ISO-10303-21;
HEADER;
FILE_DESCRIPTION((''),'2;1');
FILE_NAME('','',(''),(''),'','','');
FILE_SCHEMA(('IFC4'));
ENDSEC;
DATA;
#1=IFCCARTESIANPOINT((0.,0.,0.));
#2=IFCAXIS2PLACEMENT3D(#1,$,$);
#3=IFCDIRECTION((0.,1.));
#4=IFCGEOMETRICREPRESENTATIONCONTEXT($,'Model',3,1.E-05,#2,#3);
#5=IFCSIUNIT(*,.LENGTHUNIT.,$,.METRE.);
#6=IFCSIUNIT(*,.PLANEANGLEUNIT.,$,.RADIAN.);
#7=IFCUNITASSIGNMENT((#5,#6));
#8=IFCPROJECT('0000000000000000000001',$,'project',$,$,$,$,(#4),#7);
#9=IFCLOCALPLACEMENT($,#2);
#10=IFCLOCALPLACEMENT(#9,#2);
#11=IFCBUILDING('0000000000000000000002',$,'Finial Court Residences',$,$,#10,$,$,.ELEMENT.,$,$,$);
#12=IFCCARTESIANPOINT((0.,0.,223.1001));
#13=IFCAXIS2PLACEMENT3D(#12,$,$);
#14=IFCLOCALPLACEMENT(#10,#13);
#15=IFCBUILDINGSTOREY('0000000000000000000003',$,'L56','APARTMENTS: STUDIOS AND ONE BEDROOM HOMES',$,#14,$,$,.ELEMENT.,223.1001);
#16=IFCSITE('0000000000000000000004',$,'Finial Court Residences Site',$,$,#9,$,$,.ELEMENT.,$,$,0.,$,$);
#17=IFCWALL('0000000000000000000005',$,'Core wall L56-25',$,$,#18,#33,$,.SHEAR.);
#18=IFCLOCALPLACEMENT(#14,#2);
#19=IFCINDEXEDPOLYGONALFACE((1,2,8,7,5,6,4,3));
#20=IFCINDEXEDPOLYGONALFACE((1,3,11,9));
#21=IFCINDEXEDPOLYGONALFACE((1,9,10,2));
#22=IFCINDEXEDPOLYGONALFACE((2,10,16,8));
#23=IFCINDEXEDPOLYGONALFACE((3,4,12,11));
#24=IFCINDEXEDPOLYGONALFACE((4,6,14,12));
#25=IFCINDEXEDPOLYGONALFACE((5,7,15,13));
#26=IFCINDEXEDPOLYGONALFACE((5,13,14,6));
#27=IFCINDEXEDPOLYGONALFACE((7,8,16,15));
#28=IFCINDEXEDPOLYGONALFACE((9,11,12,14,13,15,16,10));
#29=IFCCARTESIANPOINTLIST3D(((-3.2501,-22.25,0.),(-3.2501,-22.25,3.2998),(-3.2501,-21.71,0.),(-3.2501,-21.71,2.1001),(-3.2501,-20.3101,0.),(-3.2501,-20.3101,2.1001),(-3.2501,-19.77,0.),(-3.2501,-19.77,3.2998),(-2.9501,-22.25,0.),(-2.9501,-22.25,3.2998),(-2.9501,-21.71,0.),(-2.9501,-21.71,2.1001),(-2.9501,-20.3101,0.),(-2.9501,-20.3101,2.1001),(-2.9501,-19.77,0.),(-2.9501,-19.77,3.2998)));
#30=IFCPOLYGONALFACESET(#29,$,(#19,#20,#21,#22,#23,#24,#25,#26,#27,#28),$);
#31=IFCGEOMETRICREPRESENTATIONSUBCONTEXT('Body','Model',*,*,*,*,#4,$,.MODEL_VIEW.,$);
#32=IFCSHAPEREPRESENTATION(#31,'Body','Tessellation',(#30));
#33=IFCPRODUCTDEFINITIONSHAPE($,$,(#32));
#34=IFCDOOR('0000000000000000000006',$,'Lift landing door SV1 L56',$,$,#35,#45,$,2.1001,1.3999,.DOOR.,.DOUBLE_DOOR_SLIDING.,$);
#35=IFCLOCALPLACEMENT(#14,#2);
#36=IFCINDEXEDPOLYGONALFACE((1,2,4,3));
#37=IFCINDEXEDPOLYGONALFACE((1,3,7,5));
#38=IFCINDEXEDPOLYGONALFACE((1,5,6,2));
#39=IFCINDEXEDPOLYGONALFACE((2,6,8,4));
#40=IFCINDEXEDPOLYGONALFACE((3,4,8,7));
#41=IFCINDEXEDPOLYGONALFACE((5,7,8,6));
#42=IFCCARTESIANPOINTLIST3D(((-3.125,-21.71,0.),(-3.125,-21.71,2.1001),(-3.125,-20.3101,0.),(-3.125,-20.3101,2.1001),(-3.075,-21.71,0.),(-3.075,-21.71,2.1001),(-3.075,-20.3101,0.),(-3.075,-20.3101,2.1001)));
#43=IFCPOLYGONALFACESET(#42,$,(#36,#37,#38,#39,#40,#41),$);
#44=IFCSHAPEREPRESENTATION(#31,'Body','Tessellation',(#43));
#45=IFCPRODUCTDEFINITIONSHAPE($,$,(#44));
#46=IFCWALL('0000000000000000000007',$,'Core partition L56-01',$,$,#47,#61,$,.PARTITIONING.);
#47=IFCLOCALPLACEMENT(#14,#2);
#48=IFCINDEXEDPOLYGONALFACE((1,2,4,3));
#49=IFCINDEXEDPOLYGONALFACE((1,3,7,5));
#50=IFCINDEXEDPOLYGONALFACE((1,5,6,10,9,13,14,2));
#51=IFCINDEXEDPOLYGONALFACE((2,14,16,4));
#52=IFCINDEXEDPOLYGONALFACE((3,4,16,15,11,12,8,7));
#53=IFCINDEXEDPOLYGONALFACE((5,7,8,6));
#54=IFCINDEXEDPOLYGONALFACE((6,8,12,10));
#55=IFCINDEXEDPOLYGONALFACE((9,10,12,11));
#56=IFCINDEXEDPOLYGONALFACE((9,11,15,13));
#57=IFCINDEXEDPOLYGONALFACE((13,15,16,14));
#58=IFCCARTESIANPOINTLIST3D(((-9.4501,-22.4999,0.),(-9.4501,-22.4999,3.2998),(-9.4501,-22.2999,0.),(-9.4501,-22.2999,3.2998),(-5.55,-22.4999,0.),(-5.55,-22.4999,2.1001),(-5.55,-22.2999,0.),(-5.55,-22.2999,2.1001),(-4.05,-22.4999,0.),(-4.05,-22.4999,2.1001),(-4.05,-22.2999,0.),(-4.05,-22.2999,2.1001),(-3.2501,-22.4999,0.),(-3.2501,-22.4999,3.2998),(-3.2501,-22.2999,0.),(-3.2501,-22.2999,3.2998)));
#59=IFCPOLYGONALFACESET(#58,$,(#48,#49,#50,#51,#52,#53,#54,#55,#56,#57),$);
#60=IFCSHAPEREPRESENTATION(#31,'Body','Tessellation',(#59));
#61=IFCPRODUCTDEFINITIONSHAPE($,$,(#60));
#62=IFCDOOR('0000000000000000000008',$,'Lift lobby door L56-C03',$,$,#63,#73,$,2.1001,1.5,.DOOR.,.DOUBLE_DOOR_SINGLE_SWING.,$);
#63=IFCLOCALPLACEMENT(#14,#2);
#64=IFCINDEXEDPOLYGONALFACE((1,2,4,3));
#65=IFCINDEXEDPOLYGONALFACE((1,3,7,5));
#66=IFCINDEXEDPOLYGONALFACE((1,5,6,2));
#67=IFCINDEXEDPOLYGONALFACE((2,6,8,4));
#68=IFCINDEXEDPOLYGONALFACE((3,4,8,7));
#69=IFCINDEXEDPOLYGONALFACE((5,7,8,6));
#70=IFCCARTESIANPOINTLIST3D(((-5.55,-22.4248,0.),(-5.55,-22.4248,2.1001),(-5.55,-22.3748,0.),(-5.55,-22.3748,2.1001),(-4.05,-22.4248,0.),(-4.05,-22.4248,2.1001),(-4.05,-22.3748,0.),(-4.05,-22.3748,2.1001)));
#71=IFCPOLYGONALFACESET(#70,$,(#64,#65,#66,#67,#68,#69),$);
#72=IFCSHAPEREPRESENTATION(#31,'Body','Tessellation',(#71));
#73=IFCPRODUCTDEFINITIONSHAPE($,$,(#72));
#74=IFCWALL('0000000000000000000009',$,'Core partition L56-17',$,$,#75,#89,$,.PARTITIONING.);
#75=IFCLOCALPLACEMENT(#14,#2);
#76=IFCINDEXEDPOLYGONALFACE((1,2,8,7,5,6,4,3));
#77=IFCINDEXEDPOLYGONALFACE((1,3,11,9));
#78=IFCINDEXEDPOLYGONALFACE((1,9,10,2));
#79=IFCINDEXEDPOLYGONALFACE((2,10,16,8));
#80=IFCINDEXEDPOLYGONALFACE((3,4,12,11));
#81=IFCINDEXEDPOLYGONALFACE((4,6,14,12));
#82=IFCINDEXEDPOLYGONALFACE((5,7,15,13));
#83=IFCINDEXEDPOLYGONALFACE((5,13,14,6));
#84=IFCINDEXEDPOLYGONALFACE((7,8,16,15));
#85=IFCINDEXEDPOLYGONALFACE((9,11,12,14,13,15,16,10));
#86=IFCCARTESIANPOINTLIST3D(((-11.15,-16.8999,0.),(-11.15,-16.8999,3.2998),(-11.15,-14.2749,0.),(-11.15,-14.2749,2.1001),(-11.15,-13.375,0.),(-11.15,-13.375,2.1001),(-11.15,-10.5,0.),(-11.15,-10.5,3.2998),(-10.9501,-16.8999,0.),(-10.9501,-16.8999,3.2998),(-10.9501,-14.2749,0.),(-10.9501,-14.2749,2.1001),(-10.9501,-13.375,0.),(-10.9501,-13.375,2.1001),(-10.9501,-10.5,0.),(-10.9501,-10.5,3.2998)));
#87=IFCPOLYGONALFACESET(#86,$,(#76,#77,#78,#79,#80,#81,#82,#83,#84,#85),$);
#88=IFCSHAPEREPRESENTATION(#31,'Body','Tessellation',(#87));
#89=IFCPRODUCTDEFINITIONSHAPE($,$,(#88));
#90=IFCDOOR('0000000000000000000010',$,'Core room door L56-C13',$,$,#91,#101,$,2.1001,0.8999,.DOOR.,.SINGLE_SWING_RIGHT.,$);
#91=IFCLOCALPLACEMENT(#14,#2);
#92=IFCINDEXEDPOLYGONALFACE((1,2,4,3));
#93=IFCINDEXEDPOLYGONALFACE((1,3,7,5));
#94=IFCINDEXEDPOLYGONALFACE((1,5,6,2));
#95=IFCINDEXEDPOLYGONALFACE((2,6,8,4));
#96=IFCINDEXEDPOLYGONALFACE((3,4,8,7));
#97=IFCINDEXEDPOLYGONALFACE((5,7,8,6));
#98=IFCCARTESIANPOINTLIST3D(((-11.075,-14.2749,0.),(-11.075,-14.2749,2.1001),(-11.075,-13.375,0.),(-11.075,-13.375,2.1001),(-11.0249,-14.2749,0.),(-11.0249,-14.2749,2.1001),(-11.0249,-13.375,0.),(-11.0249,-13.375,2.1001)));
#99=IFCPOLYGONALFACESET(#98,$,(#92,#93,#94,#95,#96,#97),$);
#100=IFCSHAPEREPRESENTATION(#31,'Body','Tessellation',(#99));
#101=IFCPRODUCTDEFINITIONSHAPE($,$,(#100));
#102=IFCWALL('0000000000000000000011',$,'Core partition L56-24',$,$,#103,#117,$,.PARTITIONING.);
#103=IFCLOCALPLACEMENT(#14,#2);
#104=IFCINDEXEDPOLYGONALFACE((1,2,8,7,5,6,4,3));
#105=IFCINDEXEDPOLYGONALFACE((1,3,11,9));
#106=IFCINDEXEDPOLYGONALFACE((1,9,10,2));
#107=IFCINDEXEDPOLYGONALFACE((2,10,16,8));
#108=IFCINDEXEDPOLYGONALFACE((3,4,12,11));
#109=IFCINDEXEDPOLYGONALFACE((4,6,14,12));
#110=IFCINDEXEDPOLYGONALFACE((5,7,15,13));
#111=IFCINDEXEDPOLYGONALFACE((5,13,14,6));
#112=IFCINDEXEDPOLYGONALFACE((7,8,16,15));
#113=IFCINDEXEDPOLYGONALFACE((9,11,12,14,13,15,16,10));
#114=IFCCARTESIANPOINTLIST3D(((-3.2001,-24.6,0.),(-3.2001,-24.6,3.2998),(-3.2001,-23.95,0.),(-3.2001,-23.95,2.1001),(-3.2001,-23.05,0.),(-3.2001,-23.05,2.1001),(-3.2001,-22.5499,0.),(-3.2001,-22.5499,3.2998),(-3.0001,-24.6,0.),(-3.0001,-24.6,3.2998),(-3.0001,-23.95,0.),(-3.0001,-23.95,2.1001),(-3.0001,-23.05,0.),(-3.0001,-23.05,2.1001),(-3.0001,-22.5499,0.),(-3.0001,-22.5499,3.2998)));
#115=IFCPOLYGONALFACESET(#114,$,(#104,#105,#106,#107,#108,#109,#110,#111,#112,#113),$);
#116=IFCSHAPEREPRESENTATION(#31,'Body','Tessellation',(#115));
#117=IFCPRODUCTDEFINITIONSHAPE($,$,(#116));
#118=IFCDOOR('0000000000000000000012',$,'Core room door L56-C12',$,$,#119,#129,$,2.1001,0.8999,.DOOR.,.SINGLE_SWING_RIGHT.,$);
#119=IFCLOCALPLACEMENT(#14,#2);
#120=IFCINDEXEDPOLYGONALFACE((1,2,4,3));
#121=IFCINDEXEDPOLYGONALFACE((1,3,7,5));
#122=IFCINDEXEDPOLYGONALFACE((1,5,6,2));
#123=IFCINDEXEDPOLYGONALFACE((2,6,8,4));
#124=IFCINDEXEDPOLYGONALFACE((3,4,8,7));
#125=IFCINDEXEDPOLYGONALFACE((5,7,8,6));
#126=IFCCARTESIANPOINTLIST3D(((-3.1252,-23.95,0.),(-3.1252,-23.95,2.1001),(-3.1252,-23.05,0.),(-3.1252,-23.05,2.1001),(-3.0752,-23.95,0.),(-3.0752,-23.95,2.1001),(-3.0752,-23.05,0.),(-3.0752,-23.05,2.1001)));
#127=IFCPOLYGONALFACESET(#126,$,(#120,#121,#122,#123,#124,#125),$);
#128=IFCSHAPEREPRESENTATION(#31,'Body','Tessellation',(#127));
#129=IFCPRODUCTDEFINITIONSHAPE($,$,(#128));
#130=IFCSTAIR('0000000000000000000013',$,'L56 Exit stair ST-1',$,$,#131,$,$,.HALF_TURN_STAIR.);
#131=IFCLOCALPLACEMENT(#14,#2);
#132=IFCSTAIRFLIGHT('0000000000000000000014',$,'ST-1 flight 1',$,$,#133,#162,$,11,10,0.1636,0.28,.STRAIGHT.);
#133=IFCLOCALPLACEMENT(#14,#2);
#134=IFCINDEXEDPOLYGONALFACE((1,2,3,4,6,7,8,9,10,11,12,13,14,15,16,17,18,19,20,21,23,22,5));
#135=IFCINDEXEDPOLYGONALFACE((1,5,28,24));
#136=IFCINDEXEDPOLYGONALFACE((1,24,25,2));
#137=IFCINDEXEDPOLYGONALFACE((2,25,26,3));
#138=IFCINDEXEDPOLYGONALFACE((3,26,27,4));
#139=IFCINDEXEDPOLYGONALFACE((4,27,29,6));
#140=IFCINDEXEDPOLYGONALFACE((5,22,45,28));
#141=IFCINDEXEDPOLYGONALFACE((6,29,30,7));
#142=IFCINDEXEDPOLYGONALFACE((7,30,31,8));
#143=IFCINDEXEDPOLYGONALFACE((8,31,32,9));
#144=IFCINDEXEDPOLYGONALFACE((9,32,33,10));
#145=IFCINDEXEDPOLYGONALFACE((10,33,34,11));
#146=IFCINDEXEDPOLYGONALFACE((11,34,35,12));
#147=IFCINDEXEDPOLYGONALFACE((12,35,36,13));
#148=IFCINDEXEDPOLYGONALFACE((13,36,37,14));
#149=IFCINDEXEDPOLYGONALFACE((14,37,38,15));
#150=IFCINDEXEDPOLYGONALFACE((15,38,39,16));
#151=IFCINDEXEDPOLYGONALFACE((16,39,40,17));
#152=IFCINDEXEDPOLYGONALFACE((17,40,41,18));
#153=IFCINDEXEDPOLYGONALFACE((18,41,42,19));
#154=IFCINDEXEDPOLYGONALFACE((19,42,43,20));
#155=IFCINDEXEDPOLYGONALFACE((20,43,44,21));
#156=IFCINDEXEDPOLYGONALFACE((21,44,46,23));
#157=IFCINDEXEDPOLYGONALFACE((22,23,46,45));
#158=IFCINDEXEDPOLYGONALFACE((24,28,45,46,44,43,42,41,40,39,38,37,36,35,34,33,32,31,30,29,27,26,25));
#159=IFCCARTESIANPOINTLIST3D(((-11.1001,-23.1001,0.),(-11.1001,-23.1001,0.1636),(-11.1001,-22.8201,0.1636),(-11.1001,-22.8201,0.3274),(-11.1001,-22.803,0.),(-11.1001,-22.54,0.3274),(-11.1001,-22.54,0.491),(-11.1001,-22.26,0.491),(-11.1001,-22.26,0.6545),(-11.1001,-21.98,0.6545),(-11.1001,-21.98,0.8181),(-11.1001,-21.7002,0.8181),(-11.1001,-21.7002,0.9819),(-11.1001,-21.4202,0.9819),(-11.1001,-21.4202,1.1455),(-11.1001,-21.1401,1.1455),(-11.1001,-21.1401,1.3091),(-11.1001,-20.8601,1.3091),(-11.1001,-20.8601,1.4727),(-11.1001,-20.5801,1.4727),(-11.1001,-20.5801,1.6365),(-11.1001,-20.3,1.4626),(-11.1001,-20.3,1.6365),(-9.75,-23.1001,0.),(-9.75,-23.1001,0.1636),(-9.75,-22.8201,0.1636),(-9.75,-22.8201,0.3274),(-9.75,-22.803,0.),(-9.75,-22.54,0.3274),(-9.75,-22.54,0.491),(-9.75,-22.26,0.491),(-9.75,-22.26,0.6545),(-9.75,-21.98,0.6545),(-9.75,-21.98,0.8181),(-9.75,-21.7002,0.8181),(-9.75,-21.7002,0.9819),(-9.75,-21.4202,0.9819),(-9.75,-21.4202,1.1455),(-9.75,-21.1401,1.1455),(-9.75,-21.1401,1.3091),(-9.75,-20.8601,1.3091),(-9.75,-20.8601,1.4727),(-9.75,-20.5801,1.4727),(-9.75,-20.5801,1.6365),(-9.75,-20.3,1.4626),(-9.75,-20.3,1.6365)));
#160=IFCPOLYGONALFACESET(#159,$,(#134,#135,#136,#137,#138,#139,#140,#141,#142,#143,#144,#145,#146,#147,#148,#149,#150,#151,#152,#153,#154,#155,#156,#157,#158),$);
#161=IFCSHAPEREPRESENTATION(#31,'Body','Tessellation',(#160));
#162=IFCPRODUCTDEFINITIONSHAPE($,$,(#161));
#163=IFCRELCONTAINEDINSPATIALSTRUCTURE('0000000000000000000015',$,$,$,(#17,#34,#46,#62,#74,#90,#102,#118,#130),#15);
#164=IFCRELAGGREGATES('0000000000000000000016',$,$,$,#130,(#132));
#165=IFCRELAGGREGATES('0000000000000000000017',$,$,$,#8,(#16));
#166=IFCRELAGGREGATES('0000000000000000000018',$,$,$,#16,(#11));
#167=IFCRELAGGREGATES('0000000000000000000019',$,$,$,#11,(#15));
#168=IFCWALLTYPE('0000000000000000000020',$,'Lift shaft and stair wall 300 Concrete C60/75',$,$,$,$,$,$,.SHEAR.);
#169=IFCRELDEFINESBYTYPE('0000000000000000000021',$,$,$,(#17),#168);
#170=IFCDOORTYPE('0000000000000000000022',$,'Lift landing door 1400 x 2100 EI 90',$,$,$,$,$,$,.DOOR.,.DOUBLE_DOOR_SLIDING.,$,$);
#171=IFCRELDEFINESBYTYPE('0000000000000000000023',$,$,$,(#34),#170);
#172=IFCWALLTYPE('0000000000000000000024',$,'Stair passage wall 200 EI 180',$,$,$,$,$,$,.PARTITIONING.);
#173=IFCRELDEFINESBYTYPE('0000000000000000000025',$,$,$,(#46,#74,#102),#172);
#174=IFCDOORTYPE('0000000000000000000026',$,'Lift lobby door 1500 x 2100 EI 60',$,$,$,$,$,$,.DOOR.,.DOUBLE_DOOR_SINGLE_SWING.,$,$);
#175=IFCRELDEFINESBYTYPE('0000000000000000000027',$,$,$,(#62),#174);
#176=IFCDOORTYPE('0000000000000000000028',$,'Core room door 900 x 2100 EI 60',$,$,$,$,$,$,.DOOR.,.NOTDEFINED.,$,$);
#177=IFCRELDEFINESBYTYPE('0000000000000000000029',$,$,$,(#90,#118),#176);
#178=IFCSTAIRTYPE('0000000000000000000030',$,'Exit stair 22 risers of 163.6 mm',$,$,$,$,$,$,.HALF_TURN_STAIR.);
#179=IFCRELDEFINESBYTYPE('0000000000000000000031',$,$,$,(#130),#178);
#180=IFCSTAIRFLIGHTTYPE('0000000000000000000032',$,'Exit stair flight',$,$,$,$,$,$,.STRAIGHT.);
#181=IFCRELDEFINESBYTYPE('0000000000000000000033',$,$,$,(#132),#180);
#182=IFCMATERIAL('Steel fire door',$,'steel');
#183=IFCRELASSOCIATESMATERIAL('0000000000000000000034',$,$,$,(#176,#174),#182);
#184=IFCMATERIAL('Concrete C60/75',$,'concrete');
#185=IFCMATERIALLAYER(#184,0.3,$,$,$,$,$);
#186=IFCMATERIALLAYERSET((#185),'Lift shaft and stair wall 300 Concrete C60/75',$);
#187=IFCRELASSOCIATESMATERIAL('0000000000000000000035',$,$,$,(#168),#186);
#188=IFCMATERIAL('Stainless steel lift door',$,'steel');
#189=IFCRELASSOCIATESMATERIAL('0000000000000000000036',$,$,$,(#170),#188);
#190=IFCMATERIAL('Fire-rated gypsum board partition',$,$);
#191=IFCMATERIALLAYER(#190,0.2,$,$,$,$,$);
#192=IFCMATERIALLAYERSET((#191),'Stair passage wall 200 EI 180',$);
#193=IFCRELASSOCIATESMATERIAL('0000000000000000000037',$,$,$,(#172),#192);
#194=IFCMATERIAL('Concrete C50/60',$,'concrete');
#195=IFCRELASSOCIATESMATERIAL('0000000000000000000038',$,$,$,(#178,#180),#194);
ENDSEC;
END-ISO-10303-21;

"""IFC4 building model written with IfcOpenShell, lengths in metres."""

from ifc_helpers import new_model, si_unit, direction, frame, frame_2d, origin, place, context, subcontext, project, spatial, polyline, rectangle, outline, extrude, material, layer, layer_set, type_object, element, fill, aggregate, save


model = new_model("IFC4")

# Units and contexts
model_context = context("Model", 3, precision=1e-05, world=origin(), true_north=direction((0.0, 1.0)))
body_context = subcontext(model_context, "Body", "Model", "MODEL_VIEW")
ifc_project = project(units=[si_unit("LENGTHUNIT", "METRE"), si_unit("PLANEANGLEUNIT", "RADIAN")], contexts=[model_context])

# Site, building, storey
site_placement = place(None, origin())
site = spatial("IfcSite", under=ifc_project, at=site_placement, Name="Finial Court Residences Site", CompositionType="ELEMENT", RefElevation=0.0)
building_placement = place(site_placement, origin())
building = spatial("IfcBuilding", under=site, at=building_placement, Name="Finial Court Residences", CompositionType="ELEMENT")
storey_placement = place(building_placement, frame((0.0, 0.0, 223.1001)))
storey = spatial("IfcBuildingStorey", under=building, at=storey_placement, Name="L56", Description="APARTMENTS: STUDIOS AND ONE BEDROOM HOMES", CompositionType="ELEMENT", Elevation=223.1001)

# Shared definitions
ifc_material_1 = material(Name="Concrete C60/75", Category="concrete")

# Shared definitions
ifc_material_2 = material(Name="Fire-rated gypsum board partition")
ifc_material_3 = material(Name="Steel fire door", Category="steel")
door_type_1 = type_object("IfcDoorType", Name="Core room door 900 x 2100 EI 60", OperationType="NOTDEFINED", PredefinedType="DOOR", material=ifc_material_3)

# Shared definitions
ifc_layer_1 = layer(ifc_material_1, 0.3)
ifc_layer_set_1 = layer_set([ifc_layer_1], Name="Lift shaft and stair wall 300 Concrete C60/75")
wall_type_1 = type_object("IfcWallType", Name="Lift shaft and stair wall 300 Concrete C60/75", PredefinedType="SHEAR", material=ifc_layer_set_1)

# Walls, openings, doors
wall_1_placement = place(storey_placement, frame((-3.1001, -22.25, 0.0), z_axis=(0.0, 0.0, 1.0), x_axis=(0.0, 1.0, 0.0)))
wall_1 = element("IfcWall", 1, at=wall_1_placement, inside=storey, type_object=wall_type_1, Name="Core wall L56-25", PredefinedType="SHEAR", context=body_context, shape_type="SweptSolid", body=[
    extrude(rectangle(XDim=2.48, YDim=0.3, at=frame_2d((1.24, 0.0))), origin(), (0.0, 0.0, 1.0), 3.2998),
])
opening_1_placement = place(wall_1_placement, frame((0.54, 0.0, 0.0)))
opening_1 = element("IfcOpeningElement", 2, at=opening_1_placement, cuts=wall_1, PredefinedType="OPENING", context=body_context, shape_type="SweptSolid", body=[
    extrude(rectangle(XDim=1.3999, YDim=2.1001, at=frame_2d((0.7, 1.05))), frame((0.0, 0.1599, 0.0), z_axis=(0.0, -1.0, 0.0), x_axis=(1.0, 0.0, 0.0)), (0.0, 0.0, 1.0), 0.3201),
])
ifc_material_4 = material(Name="Stainless steel lift door", Category="steel")
door_type_2 = type_object("IfcDoorType", Name="Lift landing door 1400 x 2100 EI 90", OperationType="DOUBLE_DOOR_SLIDING", PredefinedType="DOOR", material=ifc_material_4)
door_1_placement = place(opening_1_placement, origin())
door_1 = element("IfcDoor", 3, at=door_1_placement, inside=storey, type_object=door_type_2, Name="Lift landing door SV1 L56", OperationType="DOUBLE_DOOR_SLIDING", OverallHeight=2.1001, OverallWidth=1.3999, PredefinedType="DOOR", context=body_context, shape_type="SweptSolid", body=[
    extrude(rectangle(XDim=1.3999, YDim=2.1001, at=frame_2d((0.7, 1.05))), frame((0.0, 0.0249, 0.0), z_axis=(0.0, -1.0, 0.0), x_axis=(1.0, 0.0, 0.0)), (0.0, 0.0, 1.0), 0.05),
])
fill(opening_1, door_1)
ifc_layer_2 = layer(ifc_material_2, 0.2)
ifc_layer_set_2 = layer_set([ifc_layer_2], Name="Stair passage wall 200 EI 180")
wall_type_2 = type_object("IfcWallType", Name="Stair passage wall 200 EI 180", PredefinedType="PARTITIONING", material=ifc_layer_set_2)
wall_2_placement = place(storey_placement, frame((-3.25, -22.3999, 0.0), z_axis=(0.0, 0.0, 1.0), x_axis=(-1.0, 0.0, 0.0)))
wall_2 = element("IfcWall", 4, at=wall_2_placement, inside=storey, type_object=wall_type_2, Name="Core partition L56-01", PredefinedType="PARTITIONING", context=body_context, shape_type="SweptSolid", body=[
    extrude(rectangle(XDim=6.2, YDim=0.2, at=frame_2d((3.1001, 0.0))), origin(), (0.0, 0.0, 1.0), 3.2998),
])
opening_2_placement = place(wall_2_placement, frame((0.8, 0.0, 0.0)))
opening_2 = element("IfcOpeningElement", 5, at=opening_2_placement, cuts=wall_2, PredefinedType="OPENING", context=body_context, shape_type="SweptSolid", body=[
    extrude(rectangle(XDim=1.5, YDim=2.1001, at=frame_2d((0.75, 1.05))), frame((0.0, 0.1099, 0.0), z_axis=(0.0, -1.0, 0.0), x_axis=(1.0, 0.0, 0.0)), (0.0, 0.0, 1.0), 0.22),
])
door_type_3 = type_object("IfcDoorType", Name="Lift lobby door 1500 x 2100 EI 60", OperationType="DOUBLE_DOOR_SINGLE_SWING", PredefinedType="DOOR", material=ifc_material_3)
door_2_placement = place(opening_2_placement, origin())
door_2 = element("IfcDoor", 6, at=door_2_placement, inside=storey, type_object=door_type_3, Name="Lift lobby door L56-C03", OperationType="DOUBLE_DOOR_SINGLE_SWING", OverallHeight=2.1001, OverallWidth=1.5, PredefinedType="DOOR", context=body_context, shape_type="SweptSolid", body=[
    extrude(rectangle(XDim=1.5, YDim=2.1001, at=frame_2d((0.75, 1.05))), frame((0.0, 0.0249, 0.0), z_axis=(0.0, -1.0, 0.0), x_axis=(1.0, 0.0, 0.0)), (0.0, 0.0, 1.0), 0.05),
])
fill(opening_2, door_2)
wall_3_placement = place(storey_placement, frame((-11.05, -16.8999, 0.0), z_axis=(0.0, 0.0, 1.0), x_axis=(0.0, 1.0, 0.0)))
wall_3 = element("IfcWall", 7, at=wall_3_placement, inside=storey, type_object=wall_type_2, Name="Core partition L56-17", PredefinedType="PARTITIONING", context=body_context, shape_type="SweptSolid", body=[
    extrude(rectangle(XDim=6.3999, YDim=0.2, at=frame_2d((3.2, 0.0))), origin(), (0.0, 0.0, 1.0), 3.2998),
])
opening_3_placement = place(wall_3_placement, frame((2.625, 0.0, 0.0)))
opening_3 = element("IfcOpeningElement", 8, at=opening_3_placement, cuts=wall_3, PredefinedType="OPENING", context=body_context, shape_type="SweptSolid", body=[
    extrude(rectangle(XDim=0.8999, YDim=2.1001, at=frame_2d((0.45, 1.05))), frame((0.0, 0.1099, 0.0), z_axis=(0.0, -1.0, 0.0), x_axis=(1.0, 0.0, 0.0)), (0.0, 0.0, 1.0), 0.22),
])
door_3_placement = place(opening_3_placement, origin())
door_3 = element("IfcDoor", 9, at=door_3_placement, inside=storey, type_object=door_type_1, Name="Core room door L56-C13", OperationType="SINGLE_SWING_RIGHT", OverallHeight=2.1001, OverallWidth=0.8999, PredefinedType="DOOR", context=body_context, shape_type="SweptSolid", body=[
    extrude(rectangle(XDim=0.8999, YDim=2.1001, at=frame_2d((0.45, 1.05))), frame((0.0, 0.0249, 0.0), z_axis=(0.0, -1.0, 0.0), x_axis=(1.0, 0.0, 0.0)), (0.0, 0.0, 1.0), 0.05),
])
fill(opening_3, door_3)
wall_4_placement = place(storey_placement, frame((-3.1001, -22.55, 0.0), z_axis=(0.0, 0.0, 1.0), x_axis=(0.0, -1.0, 0.0)))
wall_4 = element("IfcWall", 10, at=wall_4_placement, inside=storey, type_object=wall_type_2, Name="Core partition L56-24", PredefinedType="PARTITIONING", context=body_context, shape_type="SweptSolid", body=[
    extrude(rectangle(XDim=2.05, YDim=0.2, at=frame_2d((1.0249, 0.0))), origin(), (0.0, 0.0, 1.0), 3.2998),
])
opening_4_placement = place(wall_4_placement, frame((0.5, 0.0, 0.0)))
opening_4 = element("IfcOpeningElement", 11, at=opening_4_placement, cuts=wall_4, PredefinedType="OPENING", context=body_context, shape_type="SweptSolid", body=[
    extrude(rectangle(XDim=0.8999, YDim=2.1001, at=frame_2d((0.45, 1.05))), frame((0.0, 0.1099, 0.0), z_axis=(0.0, -1.0, 0.0), x_axis=(1.0, 0.0, 0.0)), (0.0, 0.0, 1.0), 0.22),
])
door_4_placement = place(opening_4_placement, origin())
door_4 = element("IfcDoor", 12, at=door_4_placement, inside=storey, type_object=door_type_1, Name="Core room door L56-C12", OperationType="SINGLE_SWING_RIGHT", OverallHeight=2.1001, OverallWidth=0.8999, PredefinedType="DOOR", context=body_context, shape_type="SweptSolid", body=[
    extrude(rectangle(XDim=0.8999, YDim=2.1001, at=frame_2d((0.45, 1.05))), frame((0.0, 0.0249, 0.0), z_axis=(0.0, -1.0, 0.0), x_axis=(1.0, 0.0, 0.0)), (0.0, 0.0, 1.0), 0.05),
])
fill(opening_4, door_4)

# Stair, stair flight
ifc_material_5 = material(Name="Concrete C50/60", Category="concrete")
stair_type = type_object("IfcStairType", Name="Exit stair 22 risers of 163.6 mm", PredefinedType="HALF_TURN_STAIR", material=ifc_material_5)
stair_placement = place(storey_placement, origin())
stair = element("IfcStair", 13, at=stair_placement, inside=storey, type_object=stair_type, Name="L56 Exit stair ST-1", PredefinedType="HALF_TURN_STAIR")
stair_flight_type = type_object("IfcStairFlightType", Name="Exit stair flight", PredefinedType="STRAIGHT", material=ifc_material_5)
stair_flight_1_placement = place(storey_placement, frame((-10.425, -23.1001, 0.0), z_axis=(0.0, 0.0, 1.0), x_axis=(0.0, 1.0, 0.0)))
stair_flight_1 = element("IfcStairFlight", 14, at=stair_flight_1_placement, type_object=stair_flight_type, Name="ST-1 flight 1", NumberOfRisers=11, NumberOfTreads=10, PredefinedType="STRAIGHT", RiserHeight=0.1636, TreadLength=0.28, context=body_context, shape_type="SweptSolid", body=[
    extrude(outline(polyline([(0.0, 0.0), (0.0, 0.1636), (0.28, 0.1636), (0.28, 0.3274), (0.5601, 0.3274), (0.5601, 0.491), (0.8401, 0.491), (0.8401, 0.6545), (1.1201, 0.6545), (1.1201, 0.8181), (1.3999, 0.8181), (1.3999, 0.9819), (1.6799, 0.9819), (1.6799, 1.1455), (1.96, 1.1455), (1.96, 1.3091), (2.24, 1.3091), (2.24, 1.4727), (2.52, 1.4727), (2.52, 1.6365), (2.8, 1.6365), (2.8, 1.8), (2.8, 1.4626), (0.2971, 0.0), (0.0, 0.0)])), frame((0.0, 0.675, 0.0), z_axis=(0.0, -1.0, 0.0), x_axis=(1.0, 0.0, 0.0)), (0.0, 0.0, 1.0), 1.3501),
])
aggregate(stair, [stair_flight_1])

save(model, "model.ifc")
